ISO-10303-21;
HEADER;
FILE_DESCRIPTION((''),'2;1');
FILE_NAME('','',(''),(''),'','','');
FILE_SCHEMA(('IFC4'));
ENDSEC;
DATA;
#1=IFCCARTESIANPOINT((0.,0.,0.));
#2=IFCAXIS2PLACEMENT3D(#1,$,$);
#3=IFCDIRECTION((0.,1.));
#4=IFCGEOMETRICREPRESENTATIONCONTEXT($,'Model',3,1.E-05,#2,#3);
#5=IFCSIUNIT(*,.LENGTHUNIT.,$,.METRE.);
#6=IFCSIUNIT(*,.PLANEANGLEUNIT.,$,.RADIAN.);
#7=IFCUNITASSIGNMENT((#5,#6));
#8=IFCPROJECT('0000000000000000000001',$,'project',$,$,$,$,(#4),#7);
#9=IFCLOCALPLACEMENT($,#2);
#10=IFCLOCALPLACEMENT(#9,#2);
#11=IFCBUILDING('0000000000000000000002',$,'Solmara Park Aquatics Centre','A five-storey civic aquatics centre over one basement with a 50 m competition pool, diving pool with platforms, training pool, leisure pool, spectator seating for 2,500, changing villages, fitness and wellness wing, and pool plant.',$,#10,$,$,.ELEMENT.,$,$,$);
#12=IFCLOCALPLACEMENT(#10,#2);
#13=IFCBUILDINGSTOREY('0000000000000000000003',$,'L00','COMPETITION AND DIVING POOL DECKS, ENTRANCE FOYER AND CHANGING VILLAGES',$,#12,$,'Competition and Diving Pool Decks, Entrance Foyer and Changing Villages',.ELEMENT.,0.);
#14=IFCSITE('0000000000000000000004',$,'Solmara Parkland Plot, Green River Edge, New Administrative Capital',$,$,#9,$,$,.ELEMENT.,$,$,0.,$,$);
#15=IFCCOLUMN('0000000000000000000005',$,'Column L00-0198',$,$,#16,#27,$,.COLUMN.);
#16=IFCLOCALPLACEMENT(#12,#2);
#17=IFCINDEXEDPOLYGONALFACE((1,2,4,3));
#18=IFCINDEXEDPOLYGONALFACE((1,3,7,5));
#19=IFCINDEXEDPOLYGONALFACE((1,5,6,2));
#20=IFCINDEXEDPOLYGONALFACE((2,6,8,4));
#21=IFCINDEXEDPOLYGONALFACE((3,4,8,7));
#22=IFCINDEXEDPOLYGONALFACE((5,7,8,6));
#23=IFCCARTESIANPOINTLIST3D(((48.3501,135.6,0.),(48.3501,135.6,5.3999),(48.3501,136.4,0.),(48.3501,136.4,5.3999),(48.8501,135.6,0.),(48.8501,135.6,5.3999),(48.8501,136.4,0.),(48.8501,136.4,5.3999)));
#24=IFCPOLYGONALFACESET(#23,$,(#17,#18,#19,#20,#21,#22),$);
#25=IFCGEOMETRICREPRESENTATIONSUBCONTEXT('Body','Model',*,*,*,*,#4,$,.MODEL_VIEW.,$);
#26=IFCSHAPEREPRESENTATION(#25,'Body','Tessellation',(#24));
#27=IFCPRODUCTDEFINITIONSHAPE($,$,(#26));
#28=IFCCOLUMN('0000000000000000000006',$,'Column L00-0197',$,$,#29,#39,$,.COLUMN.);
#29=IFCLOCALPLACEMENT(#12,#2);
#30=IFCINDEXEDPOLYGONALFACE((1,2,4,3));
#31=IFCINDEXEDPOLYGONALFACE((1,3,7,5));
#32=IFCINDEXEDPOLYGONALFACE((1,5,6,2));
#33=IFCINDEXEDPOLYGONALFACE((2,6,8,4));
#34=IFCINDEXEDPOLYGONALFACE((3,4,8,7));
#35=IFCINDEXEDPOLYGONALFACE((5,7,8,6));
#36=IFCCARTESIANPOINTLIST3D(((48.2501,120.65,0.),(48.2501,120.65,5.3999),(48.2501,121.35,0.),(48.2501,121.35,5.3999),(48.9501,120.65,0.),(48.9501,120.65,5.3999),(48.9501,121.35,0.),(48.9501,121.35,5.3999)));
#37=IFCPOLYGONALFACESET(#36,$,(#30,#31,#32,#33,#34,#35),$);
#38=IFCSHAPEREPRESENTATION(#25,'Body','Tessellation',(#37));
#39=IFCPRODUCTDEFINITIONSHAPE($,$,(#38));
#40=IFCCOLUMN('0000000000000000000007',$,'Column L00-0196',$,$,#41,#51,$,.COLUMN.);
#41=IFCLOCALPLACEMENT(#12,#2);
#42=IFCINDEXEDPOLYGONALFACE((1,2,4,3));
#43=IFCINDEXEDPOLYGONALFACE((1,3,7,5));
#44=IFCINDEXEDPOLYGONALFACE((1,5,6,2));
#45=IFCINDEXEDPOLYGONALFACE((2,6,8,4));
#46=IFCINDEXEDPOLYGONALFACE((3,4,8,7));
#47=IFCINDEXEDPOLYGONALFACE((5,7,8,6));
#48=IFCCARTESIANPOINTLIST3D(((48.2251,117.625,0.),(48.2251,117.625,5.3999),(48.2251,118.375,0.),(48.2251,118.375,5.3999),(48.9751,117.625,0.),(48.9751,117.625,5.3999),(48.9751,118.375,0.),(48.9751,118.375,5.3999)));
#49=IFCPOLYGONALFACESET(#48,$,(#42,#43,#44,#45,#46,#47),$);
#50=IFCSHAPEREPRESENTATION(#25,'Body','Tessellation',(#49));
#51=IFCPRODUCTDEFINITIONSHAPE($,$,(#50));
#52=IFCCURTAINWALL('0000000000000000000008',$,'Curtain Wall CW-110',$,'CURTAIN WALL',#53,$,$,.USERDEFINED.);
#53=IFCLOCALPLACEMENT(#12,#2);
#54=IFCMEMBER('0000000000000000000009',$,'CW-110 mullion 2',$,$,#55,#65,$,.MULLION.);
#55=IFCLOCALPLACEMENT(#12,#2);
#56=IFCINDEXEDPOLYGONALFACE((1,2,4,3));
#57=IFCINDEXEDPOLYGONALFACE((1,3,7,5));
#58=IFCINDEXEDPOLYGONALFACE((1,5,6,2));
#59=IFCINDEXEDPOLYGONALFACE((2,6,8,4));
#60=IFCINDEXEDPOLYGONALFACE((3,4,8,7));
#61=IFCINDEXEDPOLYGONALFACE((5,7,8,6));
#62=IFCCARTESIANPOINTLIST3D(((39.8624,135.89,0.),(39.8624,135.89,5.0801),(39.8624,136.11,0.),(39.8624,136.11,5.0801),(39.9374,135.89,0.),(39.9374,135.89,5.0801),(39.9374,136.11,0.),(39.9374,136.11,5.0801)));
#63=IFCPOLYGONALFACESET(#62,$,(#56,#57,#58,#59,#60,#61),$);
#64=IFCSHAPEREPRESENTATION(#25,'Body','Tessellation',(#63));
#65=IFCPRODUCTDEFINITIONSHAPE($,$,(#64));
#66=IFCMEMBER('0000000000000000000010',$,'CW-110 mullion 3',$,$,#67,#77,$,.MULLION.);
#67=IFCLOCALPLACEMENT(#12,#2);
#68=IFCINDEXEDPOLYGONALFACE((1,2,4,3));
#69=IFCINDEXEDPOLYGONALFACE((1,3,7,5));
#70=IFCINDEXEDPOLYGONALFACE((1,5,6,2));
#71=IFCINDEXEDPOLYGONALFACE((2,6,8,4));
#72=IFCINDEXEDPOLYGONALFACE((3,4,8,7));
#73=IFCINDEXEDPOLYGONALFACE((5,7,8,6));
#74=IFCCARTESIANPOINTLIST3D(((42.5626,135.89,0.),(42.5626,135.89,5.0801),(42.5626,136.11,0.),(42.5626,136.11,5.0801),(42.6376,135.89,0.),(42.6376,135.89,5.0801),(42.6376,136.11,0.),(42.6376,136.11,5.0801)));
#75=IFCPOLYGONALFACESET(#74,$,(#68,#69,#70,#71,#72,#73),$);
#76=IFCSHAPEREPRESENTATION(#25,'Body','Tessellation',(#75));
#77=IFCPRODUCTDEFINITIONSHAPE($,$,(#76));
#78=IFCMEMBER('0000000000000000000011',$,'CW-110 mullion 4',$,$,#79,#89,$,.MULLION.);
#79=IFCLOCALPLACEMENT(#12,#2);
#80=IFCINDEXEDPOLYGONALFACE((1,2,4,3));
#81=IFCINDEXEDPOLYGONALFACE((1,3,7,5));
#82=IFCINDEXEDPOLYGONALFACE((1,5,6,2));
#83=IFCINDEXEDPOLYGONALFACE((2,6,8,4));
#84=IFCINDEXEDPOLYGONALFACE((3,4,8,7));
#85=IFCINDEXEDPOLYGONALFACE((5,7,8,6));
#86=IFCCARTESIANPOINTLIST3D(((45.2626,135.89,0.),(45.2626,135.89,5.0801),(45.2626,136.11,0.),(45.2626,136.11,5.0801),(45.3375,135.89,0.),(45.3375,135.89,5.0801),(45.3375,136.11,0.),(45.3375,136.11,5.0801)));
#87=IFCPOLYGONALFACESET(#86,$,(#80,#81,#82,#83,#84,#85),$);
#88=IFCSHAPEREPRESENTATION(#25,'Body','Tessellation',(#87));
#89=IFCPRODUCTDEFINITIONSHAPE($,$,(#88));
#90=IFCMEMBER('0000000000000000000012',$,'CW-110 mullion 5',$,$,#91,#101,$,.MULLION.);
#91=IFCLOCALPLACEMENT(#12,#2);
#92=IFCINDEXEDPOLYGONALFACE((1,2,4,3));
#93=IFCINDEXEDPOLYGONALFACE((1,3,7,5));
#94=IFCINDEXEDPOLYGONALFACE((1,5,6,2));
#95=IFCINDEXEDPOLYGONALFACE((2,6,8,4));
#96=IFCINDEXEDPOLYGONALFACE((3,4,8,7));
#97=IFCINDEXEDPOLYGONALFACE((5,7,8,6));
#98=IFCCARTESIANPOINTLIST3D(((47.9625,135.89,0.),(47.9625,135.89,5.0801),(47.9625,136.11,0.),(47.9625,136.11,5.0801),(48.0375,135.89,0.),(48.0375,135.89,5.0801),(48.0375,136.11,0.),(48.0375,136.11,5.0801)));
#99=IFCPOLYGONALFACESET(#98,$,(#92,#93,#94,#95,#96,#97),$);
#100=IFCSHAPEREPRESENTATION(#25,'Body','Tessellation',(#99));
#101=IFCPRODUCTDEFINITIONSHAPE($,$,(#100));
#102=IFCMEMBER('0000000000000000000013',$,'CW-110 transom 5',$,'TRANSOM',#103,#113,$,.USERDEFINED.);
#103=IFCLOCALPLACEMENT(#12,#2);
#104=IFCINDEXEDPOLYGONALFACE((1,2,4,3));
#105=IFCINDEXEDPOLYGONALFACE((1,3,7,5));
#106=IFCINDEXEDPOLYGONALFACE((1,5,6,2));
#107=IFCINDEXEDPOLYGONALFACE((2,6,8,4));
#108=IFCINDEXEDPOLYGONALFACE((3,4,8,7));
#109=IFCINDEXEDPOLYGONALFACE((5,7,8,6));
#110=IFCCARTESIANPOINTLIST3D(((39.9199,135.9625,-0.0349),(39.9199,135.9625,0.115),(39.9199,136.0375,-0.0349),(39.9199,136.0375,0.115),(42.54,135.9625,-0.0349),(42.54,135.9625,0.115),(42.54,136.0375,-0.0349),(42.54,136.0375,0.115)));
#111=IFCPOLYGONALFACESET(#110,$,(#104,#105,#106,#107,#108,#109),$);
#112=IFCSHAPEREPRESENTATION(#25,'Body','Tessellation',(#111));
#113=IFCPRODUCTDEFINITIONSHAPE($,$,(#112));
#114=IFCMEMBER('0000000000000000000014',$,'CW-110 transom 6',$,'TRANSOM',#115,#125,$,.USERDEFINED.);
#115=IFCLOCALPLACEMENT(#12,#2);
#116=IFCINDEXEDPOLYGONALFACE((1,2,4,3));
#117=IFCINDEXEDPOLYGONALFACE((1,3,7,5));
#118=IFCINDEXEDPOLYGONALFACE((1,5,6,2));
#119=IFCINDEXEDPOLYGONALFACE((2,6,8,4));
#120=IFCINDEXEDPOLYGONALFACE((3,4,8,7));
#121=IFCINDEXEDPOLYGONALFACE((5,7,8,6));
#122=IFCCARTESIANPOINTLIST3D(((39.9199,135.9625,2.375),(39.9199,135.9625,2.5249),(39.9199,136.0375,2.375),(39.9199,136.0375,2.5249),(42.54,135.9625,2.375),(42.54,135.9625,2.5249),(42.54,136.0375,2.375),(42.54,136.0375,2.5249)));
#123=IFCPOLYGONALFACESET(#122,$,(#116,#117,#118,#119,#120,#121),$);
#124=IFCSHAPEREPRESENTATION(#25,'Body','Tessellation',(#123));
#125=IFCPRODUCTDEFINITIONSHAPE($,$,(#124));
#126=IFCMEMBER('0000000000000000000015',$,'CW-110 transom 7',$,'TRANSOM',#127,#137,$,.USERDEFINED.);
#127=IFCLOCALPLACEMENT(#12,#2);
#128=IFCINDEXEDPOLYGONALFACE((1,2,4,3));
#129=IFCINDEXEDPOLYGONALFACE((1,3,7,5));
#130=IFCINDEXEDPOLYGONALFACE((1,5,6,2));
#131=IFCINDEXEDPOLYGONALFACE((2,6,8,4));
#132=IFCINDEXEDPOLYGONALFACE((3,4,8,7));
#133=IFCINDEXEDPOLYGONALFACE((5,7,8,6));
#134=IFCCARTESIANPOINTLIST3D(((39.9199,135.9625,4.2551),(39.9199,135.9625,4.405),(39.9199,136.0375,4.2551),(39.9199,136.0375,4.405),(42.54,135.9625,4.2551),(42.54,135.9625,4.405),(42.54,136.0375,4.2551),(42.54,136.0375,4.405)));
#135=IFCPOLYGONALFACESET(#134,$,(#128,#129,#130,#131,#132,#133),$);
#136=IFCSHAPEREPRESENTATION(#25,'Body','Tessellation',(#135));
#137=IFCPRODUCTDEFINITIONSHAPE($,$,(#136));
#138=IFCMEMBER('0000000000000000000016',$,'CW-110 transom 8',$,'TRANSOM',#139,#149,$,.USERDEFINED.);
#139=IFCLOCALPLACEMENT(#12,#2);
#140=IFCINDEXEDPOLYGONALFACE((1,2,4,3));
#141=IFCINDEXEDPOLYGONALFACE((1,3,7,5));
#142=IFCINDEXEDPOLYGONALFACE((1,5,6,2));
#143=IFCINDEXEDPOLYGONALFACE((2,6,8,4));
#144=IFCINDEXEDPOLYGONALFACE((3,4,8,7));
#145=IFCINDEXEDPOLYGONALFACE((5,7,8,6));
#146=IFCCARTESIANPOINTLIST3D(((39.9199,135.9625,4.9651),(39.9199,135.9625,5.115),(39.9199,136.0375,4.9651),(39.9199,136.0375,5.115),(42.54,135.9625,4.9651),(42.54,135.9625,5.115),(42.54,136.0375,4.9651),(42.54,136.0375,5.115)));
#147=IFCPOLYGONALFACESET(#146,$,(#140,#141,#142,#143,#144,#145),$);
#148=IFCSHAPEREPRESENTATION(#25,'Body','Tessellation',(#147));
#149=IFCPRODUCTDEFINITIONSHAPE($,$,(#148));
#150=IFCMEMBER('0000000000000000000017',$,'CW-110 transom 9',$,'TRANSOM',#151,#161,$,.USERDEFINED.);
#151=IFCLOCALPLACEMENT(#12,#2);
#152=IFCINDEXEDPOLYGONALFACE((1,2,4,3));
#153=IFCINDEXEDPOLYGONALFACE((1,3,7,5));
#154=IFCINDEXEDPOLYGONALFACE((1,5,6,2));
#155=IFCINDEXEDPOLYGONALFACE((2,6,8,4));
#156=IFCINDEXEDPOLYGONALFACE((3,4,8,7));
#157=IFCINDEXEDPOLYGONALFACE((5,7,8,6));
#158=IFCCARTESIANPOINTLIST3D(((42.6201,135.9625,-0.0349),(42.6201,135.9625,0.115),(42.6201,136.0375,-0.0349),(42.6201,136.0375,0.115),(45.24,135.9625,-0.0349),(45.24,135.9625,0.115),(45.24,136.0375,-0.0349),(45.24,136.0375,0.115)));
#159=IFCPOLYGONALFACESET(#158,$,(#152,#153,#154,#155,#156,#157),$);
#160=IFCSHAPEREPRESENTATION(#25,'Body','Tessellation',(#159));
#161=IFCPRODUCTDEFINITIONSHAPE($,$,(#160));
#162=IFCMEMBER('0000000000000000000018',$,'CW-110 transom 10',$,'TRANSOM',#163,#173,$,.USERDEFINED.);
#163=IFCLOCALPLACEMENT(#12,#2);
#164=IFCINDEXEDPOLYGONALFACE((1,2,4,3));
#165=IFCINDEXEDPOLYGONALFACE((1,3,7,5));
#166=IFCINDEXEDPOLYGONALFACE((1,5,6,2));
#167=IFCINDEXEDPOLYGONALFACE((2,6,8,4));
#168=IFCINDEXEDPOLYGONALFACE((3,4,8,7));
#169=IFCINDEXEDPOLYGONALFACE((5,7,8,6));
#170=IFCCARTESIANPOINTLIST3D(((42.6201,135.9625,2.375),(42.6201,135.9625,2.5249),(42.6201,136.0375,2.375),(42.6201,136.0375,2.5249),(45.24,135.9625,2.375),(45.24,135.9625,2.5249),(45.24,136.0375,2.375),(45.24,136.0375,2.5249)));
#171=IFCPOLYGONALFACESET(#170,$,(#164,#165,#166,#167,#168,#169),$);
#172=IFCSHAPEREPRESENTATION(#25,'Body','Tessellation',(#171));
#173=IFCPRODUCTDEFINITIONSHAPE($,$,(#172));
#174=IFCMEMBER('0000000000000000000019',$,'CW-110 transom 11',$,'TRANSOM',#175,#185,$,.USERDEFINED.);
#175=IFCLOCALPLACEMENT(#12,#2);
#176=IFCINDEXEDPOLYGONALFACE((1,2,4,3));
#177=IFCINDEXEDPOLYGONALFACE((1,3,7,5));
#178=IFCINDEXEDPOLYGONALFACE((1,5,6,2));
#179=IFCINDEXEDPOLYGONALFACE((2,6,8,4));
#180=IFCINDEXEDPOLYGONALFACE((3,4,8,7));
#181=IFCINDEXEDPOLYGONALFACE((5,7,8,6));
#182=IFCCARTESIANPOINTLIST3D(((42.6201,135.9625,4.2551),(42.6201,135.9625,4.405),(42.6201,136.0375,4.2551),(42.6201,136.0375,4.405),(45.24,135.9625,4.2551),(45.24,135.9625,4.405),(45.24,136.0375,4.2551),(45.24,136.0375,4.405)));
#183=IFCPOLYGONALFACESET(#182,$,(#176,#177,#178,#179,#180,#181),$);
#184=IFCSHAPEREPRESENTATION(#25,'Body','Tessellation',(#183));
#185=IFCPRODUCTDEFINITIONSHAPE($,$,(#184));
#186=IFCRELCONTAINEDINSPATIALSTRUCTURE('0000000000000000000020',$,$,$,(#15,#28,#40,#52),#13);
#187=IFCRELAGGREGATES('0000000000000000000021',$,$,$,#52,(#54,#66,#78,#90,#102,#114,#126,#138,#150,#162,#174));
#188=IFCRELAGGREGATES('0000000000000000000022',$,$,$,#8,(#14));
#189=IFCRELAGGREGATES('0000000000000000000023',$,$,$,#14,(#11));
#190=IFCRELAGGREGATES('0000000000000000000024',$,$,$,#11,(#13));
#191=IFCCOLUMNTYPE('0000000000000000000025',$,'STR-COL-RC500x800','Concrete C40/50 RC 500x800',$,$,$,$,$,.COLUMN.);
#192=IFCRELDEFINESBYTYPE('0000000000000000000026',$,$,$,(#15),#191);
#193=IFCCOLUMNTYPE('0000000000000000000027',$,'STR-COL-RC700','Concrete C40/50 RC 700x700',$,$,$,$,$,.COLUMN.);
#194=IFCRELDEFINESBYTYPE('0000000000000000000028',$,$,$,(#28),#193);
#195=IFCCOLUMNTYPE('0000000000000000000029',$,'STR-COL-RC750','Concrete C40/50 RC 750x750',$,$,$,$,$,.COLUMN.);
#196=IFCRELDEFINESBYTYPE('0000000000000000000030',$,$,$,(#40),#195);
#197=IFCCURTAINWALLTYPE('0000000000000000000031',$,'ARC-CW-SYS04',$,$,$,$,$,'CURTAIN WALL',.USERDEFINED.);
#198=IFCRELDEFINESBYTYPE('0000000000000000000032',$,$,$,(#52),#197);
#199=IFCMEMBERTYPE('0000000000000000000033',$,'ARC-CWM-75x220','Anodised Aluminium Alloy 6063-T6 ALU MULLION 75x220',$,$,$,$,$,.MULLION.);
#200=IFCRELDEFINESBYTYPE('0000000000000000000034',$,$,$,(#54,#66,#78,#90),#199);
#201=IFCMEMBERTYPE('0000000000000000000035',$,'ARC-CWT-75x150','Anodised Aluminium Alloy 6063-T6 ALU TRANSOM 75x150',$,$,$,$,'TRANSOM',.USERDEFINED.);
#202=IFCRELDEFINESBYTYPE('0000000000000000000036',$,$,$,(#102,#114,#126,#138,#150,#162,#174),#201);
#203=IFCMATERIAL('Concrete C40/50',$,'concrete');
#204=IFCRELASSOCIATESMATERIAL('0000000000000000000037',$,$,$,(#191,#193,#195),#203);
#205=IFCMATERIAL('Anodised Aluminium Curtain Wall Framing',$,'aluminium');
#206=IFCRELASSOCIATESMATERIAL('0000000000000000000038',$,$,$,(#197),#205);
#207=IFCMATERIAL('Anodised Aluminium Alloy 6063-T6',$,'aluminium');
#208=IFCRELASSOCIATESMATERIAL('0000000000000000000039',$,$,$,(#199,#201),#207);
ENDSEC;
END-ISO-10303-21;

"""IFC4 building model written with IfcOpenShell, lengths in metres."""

from ifc_helpers import new_model, si_unit, direction, frame, origin, origin_2d, place, context, subcontext, project, spatial, rectangle, extrude, material, material_profile, profile_set, type_object, element, aggregate, save


model = new_model("IFC4")

# Units and contexts
model_context = context("Model", 3, precision=1e-05, world=origin(), true_north=direction((0.0, 1.0)))
body_context = subcontext(model_context, "Body", "Model", "MODEL_VIEW")
ifc_project = project(units=[si_unit("LENGTHUNIT", "METRE"), si_unit("PLANEANGLEUNIT", "RADIAN")], contexts=[model_context])

# Site, building, storey
site_placement = place(None, origin())
site = spatial("IfcSite", under=ifc_project, at=site_placement, Name="Solmara Parkland Plot, Green River Edge, New Administrative Capital", CompositionType="ELEMENT", RefElevation=0.0)
building_placement = place(site_placement, origin())
building = spatial("IfcBuilding", under=site, at=building_placement, Name="Solmara Park Aquatics Centre", Description="A five-storey civic aquatics centre over one basement with a 50 m competition pool, diving pool with platforms, training pool, leisure pool, spectator seating for 2,500, changing villages, fitness and wellness wing, and pool plant.", CompositionType="ELEMENT")
storey_placement = place(building_placement, origin())
storey = spatial("IfcBuildingStorey", under=building, at=storey_placement, Name="L00", Description="COMPETITION AND DIVING POOL DECKS, ENTRANCE FOYER AND CHANGING VILLAGES", LongName="Competition and Diving Pool Decks, Entrance Foyer and Changing Villages", CompositionType="ELEMENT", Elevation=0.0)

# Columns
ifc_material_1 = material(Name="Concrete C40/50", Category="concrete")
ifc_material_profile_1 = material_profile(ifc_material_1, rectangle(XDim=0.5, YDim=0.8, at=origin_2d()), Name="RC 500x800")
ifc_profile_set_1 = profile_set([ifc_material_profile_1], Name="Concrete C40/50")
column_type_1 = type_object("IfcColumnType", Name="STR-COL-RC500x800", Description="Concrete C40/50 RC 500x800", PredefinedType="COLUMN", material=ifc_profile_set_1)
column_1_placement = place(storey_placement, frame((48.6001, 136.0, 0.0), z_axis=(0.0, 0.0, 1.0), x_axis=(1.0, 0.0, 0.0)))
element("IfcColumn", 1, at=column_1_placement, inside=storey, type_object=column_type_1, Name="Column L00-0198", PredefinedType="COLUMN", context=body_context, shape_type="SweptSolid", body=[
    extrude(rectangle(XDim=0.5, YDim=0.8, at=origin_2d()), origin(), (0.0, 0.0, 1.0), 5.3999),
])
ifc_material_profile_2 = material_profile(ifc_material_1, rectangle(XDim=0.7, YDim=0.7, at=origin_2d()), Name="RC 700x700")
ifc_profile_set_2 = profile_set([ifc_material_profile_2], Name="Concrete C40/50")
column_type_2 = type_object("IfcColumnType", Name="STR-COL-RC700", Description="Concrete C40/50 RC 700x700", PredefinedType="COLUMN", material=ifc_profile_set_2)
column_2_placement = place(storey_placement, frame((48.6001, 121.0, 0.0), z_axis=(0.0, 0.0, 1.0), x_axis=(1.0, 0.0, 0.0)))
element("IfcColumn", 2, at=column_2_placement, inside=storey, type_object=column_type_2, Name="Column L00-0197", PredefinedType="COLUMN", context=body_context, shape_type="SweptSolid", body=[
    extrude(rectangle(XDim=0.7, YDim=0.7, at=origin_2d()), origin(), (0.0, 0.0, 1.0), 5.3999),
])
ifc_material_profile_3 = material_profile(ifc_material_1, rectangle(XDim=0.75, YDim=0.75, at=origin_2d()), Name="RC 750x750")
ifc_profile_set_3 = profile_set([ifc_material_profile_3], Name="Concrete C40/50")
column_type_3 = type_object("IfcColumnType", Name="STR-COL-RC750", Description="Concrete C40/50 RC 750x750", PredefinedType="COLUMN", material=ifc_profile_set_3)
column_3_placement = place(storey_placement, frame((48.6001, 118.0, 0.0), z_axis=(0.0, 0.0, 1.0), x_axis=(1.0, 0.0, 0.0)))
element("IfcColumn", 3, at=column_3_placement, inside=storey, type_object=column_type_3, Name="Column L00-0196", PredefinedType="COLUMN", context=body_context, shape_type="SweptSolid", body=[
    extrude(rectangle(XDim=0.75, YDim=0.75, at=origin_2d()), origin(), (0.0, 0.0, 1.0), 5.3999),
])

# Curtain wall, members
ifc_material_2 = material(Name="Anodised Aluminium Curtain Wall Framing", Category="aluminium")
curtain_wall_type = type_object("IfcCurtainWallType", Name="ARC-CW-SYS04", ElementType="CURTAIN WALL", PredefinedType="USERDEFINED", material=ifc_material_2)
curtain_wall_placement = place(storey_placement, origin())
curtain_wall = element("IfcCurtainWall", 4, at=curtain_wall_placement, inside=storey, type_object=curtain_wall_type, Name="Curtain Wall CW-110", ObjectType="CURTAIN WALL", PredefinedType="USERDEFINED")
ifc_material_3 = material(Name="Anodised Aluminium Alloy 6063-T6", Category="aluminium")
ifc_material_profile_4 = material_profile(ifc_material_3, rectangle(XDim=0.075, YDim=0.22, at=origin_2d()), Name="ALU MULLION 75x220")
ifc_profile_set_4 = profile_set([ifc_material_profile_4], Name="Anodised Aluminium Alloy 6063-T6")
member_type_1 = type_object("IfcMemberType", Name="ARC-CWM-75x220", Description="Anodised Aluminium Alloy 6063-T6 ALU MULLION 75x220", PredefinedType="MULLION", material=ifc_profile_set_4)
member_1_placement = place(storey_placement, frame((39.8999, 136.0, 0.0), z_axis=(0.0, 0.0, 1.0), x_axis=(1.0, 0.0, 0.0)))
member_1 = element("IfcMember", 5, at=member_1_placement, type_object=member_type_1, Name="CW-110 mullion 2", PredefinedType="MULLION", context=body_context, shape_type="SweptSolid", body=[
    extrude(rectangle(XDim=0.075, YDim=0.22, at=origin_2d()), origin(), (0.0, 0.0, 1.0), 5.0801),
])
member_2_placement = place(storey_placement, frame((42.6001, 136.0, 0.0), z_axis=(0.0, 0.0, 1.0), x_axis=(1.0, 0.0, 0.0)))
member_2 = element("IfcMember", 6, at=member_2_placement, type_object=member_type_1, Name="CW-110 mullion 3", PredefinedType="MULLION", context=body_context, shape_type="SweptSolid", body=[
    extrude(rectangle(XDim=0.075, YDim=0.22, at=origin_2d()), origin(), (0.0, 0.0, 1.0), 5.0801),
])
member_3_placement = place(storey_placement, frame((45.3, 136.0, 0.0), z_axis=(0.0, 0.0, 1.0), x_axis=(1.0, 0.0, 0.0)))
member_3 = element("IfcMember", 7, at=member_3_placement, type_object=member_type_1, Name="CW-110 mullion 4", PredefinedType="MULLION", context=body_context, shape_type="SweptSolid", body=[
    extrude(rectangle(XDim=0.075, YDim=0.22, at=origin_2d()), origin(), (0.0, 0.0, 1.0), 5.0801),
])
member_4_placement = place(storey_placement, frame((48.0, 136.0, 0.0), z_axis=(0.0, 0.0, 1.0), x_axis=(1.0, 0.0, 0.0)))
member_4 = element("IfcMember", 8, at=member_4_placement, type_object=member_type_1, Name="CW-110 mullion 5", PredefinedType="MULLION", context=body_context, shape_type="SweptSolid", body=[
    extrude(rectangle(XDim=0.075, YDim=0.22, at=origin_2d()), origin(), (0.0, 0.0, 1.0), 5.0801),
])
ifc_material_profile_5 = material_profile(ifc_material_3, rectangle(XDim=0.075, YDim=0.1499, at=origin_2d()), Name="ALU TRANSOM 75x150")
ifc_profile_set_5 = profile_set([ifc_material_profile_5], Name="Anodised Aluminium Alloy 6063-T6")
member_type_2 = type_object("IfcMemberType", Name="ARC-CWT-75x150", Description="Anodised Aluminium Alloy 6063-T6 ALU TRANSOM 75x150", ElementType="TRANSOM", PredefinedType="USERDEFINED", material=ifc_profile_set_5)
member_5_placement = place(storey_placement, frame((39.9199, 136.0, 0.04), z_axis=(1.0, 0.0, 0.0), x_axis=(0.0, 1.0, 0.0)))
member_5 = element("IfcMember", 9, at=member_5_placement, type_object=member_type_2, Name="CW-110 transom 5", ObjectType="TRANSOM", PredefinedType="USERDEFINED", context=body_context, shape_type="SweptSolid", body=[
    extrude(rectangle(XDim=0.075, YDim=0.1499, at=origin_2d()), origin(), (0.0, 0.0, 1.0), 2.6201),
])
member_6_placement = place(storey_placement, frame((39.9199, 136.0, 2.45), z_axis=(1.0, 0.0, 0.0), x_axis=(0.0, 1.0, 0.0)))
member_6 = element("IfcMember", 10, at=member_6_placement, type_object=member_type_2, Name="CW-110 transom 6", ObjectType="TRANSOM", PredefinedType="USERDEFINED", context=body_context, shape_type="SweptSolid", body=[
    extrude(rectangle(XDim=0.075, YDim=0.1499, at=origin_2d()), origin(), (0.0, 0.0, 1.0), 2.6201),
])
member_7_placement = place(storey_placement, frame((39.9199, 136.0, 4.3301), z_axis=(1.0, 0.0, 0.0), x_axis=(0.0, 1.0, 0.0)))
member_7 = element("IfcMember", 11, at=member_7_placement, type_object=member_type_2, Name="CW-110 transom 7", ObjectType="TRANSOM", PredefinedType="USERDEFINED", context=body_context, shape_type="SweptSolid", body=[
    extrude(rectangle(XDim=0.075, YDim=0.1499, at=origin_2d()), origin(), (0.0, 0.0, 1.0), 2.6201),
])
member_8_placement = place(storey_placement, frame((39.9199, 136.0, 5.04), z_axis=(1.0, 0.0, 0.0), x_axis=(0.0, 1.0, 0.0)))
member_8 = element("IfcMember", 12, at=member_8_placement, type_object=member_type_2, Name="CW-110 transom 8", ObjectType="TRANSOM", PredefinedType="USERDEFINED", context=body_context, shape_type="SweptSolid", body=[
    extrude(rectangle(XDim=0.075, YDim=0.1499, at=origin_2d()), origin(), (0.0, 0.0, 1.0), 2.6201),
])
member_9_placement = place(storey_placement, frame((42.6201, 136.0, 0.04), z_axis=(1.0, 0.0, 0.0), x_axis=(0.0, 1.0, 0.0)))
member_9 = element("IfcMember", 13, at=member_9_placement, type_object=member_type_2, Name="CW-110 transom 9", ObjectType="TRANSOM", PredefinedType="USERDEFINED", context=body_context, shape_type="SweptSolid", body=[
    extrude(rectangle(XDim=0.075, YDim=0.1499, at=origin_2d()), origin(), (0.0, 0.0, 1.0), 2.6199),
])
member_10_placement = place(storey_placement, frame((42.6201, 136.0, 2.45), z_axis=(1.0, 0.0, 0.0), x_axis=(0.0, 1.0, 0.0)))
member_10 = element("IfcMember", 14, at=member_10_placement, type_object=member_type_2, Name="CW-110 transom 10", ObjectType="TRANSOM", PredefinedType="USERDEFINED", context=body_context, shape_type="SweptSolid", body=[
    extrude(rectangle(XDim=0.075, YDim=0.1499, at=origin_2d()), origin(), (0.0, 0.0, 1.0), 2.6199),
])
member_11_placement = place(storey_placement, frame((42.6201, 136.0, 4.3301), z_axis=(1.0, 0.0, 0.0), x_axis=(0.0, 1.0, 0.0)))
member_11 = element("IfcMember", 15, at=member_11_placement, type_object=member_type_2, Name="CW-110 transom 11", ObjectType="TRANSOM", PredefinedType="USERDEFINED", context=body_context, shape_type="SweptSolid", body=[
    extrude(rectangle(XDim=0.075, YDim=0.1499, at=origin_2d()), origin(), (0.0, 0.0, 1.0), 2.6199),
])

aggregate(curtain_wall, [member_1, member_2, member_3, member_4, member_5, member_6, member_7, member_8, member_9, member_10, member_11])

save(model, "model.ifc")
